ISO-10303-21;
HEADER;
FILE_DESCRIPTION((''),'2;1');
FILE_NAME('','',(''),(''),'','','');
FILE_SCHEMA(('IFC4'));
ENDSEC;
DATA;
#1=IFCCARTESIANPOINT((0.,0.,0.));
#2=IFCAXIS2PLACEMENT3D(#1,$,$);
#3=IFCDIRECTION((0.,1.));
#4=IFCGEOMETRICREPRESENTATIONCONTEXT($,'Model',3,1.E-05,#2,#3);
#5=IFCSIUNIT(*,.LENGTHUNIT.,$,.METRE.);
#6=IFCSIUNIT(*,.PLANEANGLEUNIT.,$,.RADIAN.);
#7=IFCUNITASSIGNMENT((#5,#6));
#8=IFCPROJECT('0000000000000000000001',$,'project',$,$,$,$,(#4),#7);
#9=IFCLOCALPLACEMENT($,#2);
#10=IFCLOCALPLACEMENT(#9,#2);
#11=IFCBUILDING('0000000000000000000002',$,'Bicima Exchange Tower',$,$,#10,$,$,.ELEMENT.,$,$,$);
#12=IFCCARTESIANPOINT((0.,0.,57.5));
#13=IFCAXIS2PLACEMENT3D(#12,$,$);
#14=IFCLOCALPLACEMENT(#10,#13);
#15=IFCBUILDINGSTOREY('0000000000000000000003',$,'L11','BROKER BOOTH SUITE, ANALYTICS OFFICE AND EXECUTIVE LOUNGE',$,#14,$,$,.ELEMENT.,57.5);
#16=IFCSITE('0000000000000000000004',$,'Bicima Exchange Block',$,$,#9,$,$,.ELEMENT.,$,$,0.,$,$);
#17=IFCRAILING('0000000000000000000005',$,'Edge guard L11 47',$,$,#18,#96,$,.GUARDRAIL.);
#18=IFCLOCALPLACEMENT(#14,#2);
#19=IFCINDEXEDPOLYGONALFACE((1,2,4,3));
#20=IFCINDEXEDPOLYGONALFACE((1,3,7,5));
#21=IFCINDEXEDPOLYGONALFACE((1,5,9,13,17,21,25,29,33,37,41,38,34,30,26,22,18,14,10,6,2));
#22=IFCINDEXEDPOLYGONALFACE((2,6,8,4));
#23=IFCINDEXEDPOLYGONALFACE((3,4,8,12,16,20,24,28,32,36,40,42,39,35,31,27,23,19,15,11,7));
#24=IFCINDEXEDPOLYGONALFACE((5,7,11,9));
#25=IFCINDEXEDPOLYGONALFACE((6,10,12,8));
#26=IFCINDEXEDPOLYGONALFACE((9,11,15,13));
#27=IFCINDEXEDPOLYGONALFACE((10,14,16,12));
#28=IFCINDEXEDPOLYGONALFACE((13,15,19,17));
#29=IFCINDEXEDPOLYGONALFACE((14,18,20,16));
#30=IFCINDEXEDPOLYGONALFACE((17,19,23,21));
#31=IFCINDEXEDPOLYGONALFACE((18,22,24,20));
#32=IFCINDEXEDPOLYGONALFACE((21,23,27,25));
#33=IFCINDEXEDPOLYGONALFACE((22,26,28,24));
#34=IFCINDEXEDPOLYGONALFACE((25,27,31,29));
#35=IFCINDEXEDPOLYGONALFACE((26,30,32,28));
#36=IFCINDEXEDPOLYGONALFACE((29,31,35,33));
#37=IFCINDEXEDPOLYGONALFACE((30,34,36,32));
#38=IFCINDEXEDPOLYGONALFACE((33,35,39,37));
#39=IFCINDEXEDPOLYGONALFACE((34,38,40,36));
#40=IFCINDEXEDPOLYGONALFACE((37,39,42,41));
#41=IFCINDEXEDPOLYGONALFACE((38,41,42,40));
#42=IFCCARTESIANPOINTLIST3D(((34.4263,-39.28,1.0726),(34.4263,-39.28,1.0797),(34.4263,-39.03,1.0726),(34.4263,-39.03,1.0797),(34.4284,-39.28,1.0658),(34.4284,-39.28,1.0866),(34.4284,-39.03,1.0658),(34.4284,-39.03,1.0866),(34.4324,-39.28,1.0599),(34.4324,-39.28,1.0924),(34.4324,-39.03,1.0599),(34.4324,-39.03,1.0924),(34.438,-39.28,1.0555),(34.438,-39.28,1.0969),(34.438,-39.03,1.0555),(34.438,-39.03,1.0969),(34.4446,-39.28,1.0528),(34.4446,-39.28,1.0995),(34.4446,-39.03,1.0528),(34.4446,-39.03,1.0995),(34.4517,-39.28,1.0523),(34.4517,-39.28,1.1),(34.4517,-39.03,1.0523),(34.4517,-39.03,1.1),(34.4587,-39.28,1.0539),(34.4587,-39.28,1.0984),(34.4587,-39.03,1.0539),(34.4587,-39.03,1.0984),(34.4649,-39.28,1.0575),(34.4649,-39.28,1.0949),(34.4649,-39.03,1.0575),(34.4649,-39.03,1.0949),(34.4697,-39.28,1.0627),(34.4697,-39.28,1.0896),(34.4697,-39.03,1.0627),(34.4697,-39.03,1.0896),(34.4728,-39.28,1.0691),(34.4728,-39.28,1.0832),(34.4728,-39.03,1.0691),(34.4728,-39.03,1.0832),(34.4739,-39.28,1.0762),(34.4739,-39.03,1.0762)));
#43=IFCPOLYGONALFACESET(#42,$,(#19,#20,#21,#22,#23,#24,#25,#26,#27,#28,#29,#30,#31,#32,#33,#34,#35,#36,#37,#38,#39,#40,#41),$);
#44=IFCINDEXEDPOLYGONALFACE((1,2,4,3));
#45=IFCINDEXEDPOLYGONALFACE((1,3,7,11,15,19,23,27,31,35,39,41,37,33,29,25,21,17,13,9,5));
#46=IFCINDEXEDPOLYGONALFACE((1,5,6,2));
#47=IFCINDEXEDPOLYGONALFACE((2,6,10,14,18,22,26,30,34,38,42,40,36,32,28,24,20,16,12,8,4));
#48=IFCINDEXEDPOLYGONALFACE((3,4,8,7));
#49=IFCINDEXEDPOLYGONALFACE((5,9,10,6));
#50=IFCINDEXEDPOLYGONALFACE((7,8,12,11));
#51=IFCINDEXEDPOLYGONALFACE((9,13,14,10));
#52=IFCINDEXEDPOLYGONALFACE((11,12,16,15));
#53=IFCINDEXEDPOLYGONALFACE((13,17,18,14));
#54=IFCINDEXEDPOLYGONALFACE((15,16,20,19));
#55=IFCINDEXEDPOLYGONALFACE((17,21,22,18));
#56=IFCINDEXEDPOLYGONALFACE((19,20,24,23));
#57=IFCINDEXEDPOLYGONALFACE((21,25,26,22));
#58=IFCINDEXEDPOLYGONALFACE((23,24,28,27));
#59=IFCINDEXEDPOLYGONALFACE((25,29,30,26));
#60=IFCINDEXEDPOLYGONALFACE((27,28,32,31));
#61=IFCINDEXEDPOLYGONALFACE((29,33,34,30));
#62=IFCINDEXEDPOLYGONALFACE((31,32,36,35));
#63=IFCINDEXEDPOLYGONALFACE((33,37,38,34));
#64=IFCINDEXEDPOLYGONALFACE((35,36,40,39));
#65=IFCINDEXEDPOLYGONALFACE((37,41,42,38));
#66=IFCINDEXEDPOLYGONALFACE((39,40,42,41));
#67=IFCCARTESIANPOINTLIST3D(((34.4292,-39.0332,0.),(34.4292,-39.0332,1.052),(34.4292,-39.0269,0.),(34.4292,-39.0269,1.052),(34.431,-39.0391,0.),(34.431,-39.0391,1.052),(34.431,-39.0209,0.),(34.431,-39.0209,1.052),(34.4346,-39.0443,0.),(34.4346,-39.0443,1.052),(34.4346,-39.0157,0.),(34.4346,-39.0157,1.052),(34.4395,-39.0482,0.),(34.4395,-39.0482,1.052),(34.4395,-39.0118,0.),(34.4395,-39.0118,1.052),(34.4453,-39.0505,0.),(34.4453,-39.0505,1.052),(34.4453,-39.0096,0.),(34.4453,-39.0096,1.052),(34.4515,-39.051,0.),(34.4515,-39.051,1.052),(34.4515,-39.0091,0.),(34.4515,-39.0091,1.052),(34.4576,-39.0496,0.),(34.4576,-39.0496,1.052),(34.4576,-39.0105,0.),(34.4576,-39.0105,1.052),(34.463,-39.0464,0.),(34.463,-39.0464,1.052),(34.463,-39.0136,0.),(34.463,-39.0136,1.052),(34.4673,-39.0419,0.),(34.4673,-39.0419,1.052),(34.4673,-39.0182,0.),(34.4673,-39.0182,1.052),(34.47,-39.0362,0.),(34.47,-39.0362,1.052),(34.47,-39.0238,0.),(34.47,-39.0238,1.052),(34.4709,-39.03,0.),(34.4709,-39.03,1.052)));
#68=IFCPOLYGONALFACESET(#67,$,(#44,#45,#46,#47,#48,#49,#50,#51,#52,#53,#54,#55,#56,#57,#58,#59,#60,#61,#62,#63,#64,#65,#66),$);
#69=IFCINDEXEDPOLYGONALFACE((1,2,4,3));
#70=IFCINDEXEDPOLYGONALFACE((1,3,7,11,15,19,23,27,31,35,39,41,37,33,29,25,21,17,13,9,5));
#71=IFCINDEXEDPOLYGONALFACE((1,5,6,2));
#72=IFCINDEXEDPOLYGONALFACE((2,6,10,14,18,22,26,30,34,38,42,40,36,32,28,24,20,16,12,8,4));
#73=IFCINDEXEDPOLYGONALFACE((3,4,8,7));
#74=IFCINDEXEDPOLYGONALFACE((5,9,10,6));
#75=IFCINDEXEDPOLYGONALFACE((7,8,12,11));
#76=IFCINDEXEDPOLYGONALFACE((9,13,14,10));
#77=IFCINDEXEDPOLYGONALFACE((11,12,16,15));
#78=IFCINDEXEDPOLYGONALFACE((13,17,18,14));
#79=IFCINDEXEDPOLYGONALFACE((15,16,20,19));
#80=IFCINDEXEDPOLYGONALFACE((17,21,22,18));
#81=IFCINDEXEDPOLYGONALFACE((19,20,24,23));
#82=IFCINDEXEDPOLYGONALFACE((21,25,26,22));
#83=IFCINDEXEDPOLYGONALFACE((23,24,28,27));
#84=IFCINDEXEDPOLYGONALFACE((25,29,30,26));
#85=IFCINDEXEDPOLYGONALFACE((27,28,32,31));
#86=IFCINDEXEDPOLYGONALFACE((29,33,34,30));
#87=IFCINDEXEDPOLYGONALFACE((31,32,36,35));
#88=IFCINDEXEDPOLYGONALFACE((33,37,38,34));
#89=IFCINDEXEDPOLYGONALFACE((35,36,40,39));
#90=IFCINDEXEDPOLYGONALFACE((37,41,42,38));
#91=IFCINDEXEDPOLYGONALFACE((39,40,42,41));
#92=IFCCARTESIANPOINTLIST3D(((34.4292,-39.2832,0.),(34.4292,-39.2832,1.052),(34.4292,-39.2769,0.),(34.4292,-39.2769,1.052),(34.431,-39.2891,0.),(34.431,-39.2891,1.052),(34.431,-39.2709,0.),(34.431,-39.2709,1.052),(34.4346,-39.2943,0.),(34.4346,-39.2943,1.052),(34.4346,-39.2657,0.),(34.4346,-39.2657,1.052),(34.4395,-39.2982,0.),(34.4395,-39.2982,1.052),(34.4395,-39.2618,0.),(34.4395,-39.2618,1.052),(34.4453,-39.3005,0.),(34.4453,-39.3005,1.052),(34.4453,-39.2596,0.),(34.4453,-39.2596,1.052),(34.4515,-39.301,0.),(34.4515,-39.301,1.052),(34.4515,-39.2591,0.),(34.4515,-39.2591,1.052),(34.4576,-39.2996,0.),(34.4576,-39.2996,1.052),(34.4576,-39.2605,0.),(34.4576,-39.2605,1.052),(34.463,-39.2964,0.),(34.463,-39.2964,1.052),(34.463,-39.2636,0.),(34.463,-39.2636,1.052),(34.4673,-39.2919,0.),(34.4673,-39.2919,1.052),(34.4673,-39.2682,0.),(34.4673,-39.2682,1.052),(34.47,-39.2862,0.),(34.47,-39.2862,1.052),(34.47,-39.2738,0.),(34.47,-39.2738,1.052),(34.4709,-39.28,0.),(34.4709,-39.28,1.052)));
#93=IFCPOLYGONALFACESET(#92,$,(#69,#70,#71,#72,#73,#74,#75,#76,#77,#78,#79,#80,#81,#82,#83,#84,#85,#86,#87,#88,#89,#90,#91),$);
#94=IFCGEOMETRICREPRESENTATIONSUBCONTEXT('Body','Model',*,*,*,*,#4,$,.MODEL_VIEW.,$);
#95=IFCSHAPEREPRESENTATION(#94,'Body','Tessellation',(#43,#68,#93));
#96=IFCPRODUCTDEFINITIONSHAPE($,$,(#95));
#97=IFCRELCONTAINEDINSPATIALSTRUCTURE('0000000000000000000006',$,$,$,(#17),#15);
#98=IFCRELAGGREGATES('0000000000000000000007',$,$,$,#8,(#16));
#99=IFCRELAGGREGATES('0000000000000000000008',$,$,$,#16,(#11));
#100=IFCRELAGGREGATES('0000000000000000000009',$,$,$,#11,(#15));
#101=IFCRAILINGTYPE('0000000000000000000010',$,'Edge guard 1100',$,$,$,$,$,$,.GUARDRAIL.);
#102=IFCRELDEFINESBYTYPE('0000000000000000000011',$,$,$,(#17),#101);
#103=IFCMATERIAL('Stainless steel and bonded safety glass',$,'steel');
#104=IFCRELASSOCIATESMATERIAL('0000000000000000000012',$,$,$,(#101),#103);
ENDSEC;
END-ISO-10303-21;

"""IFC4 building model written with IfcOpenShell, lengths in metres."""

from ifc_helpers import new_model, si_unit, direction, frame, origin, origin_2d, place, context, subcontext, project, spatial, circle, extrude, material, type_object, element, save


model = new_model("IFC4")

# Units and contexts
model_context = context("Model", 3, precision=1e-05, world=origin(), true_north=direction((0.0, 1.0)))
body_context = subcontext(model_context, "Body", "Model", "MODEL_VIEW")
ifc_project = project(units=[si_unit("LENGTHUNIT", "METRE"), si_unit("PLANEANGLEUNIT", "RADIAN")], contexts=[model_context])

# Site, building, storey
site_placement = place(None, origin())
site = spatial("IfcSite", under=ifc_project, at=site_placement, Name="Bicima Exchange Block", CompositionType="ELEMENT", RefElevation=0.0)
building_placement = place(site_placement, origin())
building = spatial("IfcBuilding", under=site, at=building_placement, Name="Bicima Exchange Tower", CompositionType="ELEMENT")
storey_placement = place(building_placement, frame((0.0, 0.0, 57.5)))
storey = spatial("IfcBuildingStorey", under=building, at=storey_placement, Name="L11", Description="BROKER BOOTH SUITE, ANALYTICS OFFICE AND EXECUTIVE LOUNGE", CompositionType="ELEMENT", Elevation=57.5)

# Railing
ifc_material_1 = material(Name="Stainless steel and bonded safety glass", Category="steel")
railing_type = type_object("IfcRailingType", Name="Edge guard 1100", PredefinedType="GUARDRAIL", material=ifc_material_1)
railing_1_placement = place(storey_placement, frame((34.45, -39.03, 0.0)))
element("IfcRailing", 1, at=railing_1_placement, inside=storey, type_object=railing_type, Name="Edge guard L11 47", PredefinedType="GUARDRAIL", context=body_context, shape_type="SweptSolid", body=[
    extrude(circle(Radius=0.0239, at=origin_2d()), frame((0.0, 0.0, 1.0762), z_axis=(0.0, -1.0, 0.0), x_axis=(1.0, 0.0, 0.0)), (0.0, 0.0, 1.0), 0.25),
    extrude(circle(Radius=0.021, at=origin_2d()), origin(), (0.0, 0.0, 1.0), 1.052),
    extrude(circle(Radius=0.021, at=origin_2d()), frame((0.0, -0.25, 0.0)), (0.0, 0.0, 1.0), 1.052),
])

save(model, "model.ifc")
